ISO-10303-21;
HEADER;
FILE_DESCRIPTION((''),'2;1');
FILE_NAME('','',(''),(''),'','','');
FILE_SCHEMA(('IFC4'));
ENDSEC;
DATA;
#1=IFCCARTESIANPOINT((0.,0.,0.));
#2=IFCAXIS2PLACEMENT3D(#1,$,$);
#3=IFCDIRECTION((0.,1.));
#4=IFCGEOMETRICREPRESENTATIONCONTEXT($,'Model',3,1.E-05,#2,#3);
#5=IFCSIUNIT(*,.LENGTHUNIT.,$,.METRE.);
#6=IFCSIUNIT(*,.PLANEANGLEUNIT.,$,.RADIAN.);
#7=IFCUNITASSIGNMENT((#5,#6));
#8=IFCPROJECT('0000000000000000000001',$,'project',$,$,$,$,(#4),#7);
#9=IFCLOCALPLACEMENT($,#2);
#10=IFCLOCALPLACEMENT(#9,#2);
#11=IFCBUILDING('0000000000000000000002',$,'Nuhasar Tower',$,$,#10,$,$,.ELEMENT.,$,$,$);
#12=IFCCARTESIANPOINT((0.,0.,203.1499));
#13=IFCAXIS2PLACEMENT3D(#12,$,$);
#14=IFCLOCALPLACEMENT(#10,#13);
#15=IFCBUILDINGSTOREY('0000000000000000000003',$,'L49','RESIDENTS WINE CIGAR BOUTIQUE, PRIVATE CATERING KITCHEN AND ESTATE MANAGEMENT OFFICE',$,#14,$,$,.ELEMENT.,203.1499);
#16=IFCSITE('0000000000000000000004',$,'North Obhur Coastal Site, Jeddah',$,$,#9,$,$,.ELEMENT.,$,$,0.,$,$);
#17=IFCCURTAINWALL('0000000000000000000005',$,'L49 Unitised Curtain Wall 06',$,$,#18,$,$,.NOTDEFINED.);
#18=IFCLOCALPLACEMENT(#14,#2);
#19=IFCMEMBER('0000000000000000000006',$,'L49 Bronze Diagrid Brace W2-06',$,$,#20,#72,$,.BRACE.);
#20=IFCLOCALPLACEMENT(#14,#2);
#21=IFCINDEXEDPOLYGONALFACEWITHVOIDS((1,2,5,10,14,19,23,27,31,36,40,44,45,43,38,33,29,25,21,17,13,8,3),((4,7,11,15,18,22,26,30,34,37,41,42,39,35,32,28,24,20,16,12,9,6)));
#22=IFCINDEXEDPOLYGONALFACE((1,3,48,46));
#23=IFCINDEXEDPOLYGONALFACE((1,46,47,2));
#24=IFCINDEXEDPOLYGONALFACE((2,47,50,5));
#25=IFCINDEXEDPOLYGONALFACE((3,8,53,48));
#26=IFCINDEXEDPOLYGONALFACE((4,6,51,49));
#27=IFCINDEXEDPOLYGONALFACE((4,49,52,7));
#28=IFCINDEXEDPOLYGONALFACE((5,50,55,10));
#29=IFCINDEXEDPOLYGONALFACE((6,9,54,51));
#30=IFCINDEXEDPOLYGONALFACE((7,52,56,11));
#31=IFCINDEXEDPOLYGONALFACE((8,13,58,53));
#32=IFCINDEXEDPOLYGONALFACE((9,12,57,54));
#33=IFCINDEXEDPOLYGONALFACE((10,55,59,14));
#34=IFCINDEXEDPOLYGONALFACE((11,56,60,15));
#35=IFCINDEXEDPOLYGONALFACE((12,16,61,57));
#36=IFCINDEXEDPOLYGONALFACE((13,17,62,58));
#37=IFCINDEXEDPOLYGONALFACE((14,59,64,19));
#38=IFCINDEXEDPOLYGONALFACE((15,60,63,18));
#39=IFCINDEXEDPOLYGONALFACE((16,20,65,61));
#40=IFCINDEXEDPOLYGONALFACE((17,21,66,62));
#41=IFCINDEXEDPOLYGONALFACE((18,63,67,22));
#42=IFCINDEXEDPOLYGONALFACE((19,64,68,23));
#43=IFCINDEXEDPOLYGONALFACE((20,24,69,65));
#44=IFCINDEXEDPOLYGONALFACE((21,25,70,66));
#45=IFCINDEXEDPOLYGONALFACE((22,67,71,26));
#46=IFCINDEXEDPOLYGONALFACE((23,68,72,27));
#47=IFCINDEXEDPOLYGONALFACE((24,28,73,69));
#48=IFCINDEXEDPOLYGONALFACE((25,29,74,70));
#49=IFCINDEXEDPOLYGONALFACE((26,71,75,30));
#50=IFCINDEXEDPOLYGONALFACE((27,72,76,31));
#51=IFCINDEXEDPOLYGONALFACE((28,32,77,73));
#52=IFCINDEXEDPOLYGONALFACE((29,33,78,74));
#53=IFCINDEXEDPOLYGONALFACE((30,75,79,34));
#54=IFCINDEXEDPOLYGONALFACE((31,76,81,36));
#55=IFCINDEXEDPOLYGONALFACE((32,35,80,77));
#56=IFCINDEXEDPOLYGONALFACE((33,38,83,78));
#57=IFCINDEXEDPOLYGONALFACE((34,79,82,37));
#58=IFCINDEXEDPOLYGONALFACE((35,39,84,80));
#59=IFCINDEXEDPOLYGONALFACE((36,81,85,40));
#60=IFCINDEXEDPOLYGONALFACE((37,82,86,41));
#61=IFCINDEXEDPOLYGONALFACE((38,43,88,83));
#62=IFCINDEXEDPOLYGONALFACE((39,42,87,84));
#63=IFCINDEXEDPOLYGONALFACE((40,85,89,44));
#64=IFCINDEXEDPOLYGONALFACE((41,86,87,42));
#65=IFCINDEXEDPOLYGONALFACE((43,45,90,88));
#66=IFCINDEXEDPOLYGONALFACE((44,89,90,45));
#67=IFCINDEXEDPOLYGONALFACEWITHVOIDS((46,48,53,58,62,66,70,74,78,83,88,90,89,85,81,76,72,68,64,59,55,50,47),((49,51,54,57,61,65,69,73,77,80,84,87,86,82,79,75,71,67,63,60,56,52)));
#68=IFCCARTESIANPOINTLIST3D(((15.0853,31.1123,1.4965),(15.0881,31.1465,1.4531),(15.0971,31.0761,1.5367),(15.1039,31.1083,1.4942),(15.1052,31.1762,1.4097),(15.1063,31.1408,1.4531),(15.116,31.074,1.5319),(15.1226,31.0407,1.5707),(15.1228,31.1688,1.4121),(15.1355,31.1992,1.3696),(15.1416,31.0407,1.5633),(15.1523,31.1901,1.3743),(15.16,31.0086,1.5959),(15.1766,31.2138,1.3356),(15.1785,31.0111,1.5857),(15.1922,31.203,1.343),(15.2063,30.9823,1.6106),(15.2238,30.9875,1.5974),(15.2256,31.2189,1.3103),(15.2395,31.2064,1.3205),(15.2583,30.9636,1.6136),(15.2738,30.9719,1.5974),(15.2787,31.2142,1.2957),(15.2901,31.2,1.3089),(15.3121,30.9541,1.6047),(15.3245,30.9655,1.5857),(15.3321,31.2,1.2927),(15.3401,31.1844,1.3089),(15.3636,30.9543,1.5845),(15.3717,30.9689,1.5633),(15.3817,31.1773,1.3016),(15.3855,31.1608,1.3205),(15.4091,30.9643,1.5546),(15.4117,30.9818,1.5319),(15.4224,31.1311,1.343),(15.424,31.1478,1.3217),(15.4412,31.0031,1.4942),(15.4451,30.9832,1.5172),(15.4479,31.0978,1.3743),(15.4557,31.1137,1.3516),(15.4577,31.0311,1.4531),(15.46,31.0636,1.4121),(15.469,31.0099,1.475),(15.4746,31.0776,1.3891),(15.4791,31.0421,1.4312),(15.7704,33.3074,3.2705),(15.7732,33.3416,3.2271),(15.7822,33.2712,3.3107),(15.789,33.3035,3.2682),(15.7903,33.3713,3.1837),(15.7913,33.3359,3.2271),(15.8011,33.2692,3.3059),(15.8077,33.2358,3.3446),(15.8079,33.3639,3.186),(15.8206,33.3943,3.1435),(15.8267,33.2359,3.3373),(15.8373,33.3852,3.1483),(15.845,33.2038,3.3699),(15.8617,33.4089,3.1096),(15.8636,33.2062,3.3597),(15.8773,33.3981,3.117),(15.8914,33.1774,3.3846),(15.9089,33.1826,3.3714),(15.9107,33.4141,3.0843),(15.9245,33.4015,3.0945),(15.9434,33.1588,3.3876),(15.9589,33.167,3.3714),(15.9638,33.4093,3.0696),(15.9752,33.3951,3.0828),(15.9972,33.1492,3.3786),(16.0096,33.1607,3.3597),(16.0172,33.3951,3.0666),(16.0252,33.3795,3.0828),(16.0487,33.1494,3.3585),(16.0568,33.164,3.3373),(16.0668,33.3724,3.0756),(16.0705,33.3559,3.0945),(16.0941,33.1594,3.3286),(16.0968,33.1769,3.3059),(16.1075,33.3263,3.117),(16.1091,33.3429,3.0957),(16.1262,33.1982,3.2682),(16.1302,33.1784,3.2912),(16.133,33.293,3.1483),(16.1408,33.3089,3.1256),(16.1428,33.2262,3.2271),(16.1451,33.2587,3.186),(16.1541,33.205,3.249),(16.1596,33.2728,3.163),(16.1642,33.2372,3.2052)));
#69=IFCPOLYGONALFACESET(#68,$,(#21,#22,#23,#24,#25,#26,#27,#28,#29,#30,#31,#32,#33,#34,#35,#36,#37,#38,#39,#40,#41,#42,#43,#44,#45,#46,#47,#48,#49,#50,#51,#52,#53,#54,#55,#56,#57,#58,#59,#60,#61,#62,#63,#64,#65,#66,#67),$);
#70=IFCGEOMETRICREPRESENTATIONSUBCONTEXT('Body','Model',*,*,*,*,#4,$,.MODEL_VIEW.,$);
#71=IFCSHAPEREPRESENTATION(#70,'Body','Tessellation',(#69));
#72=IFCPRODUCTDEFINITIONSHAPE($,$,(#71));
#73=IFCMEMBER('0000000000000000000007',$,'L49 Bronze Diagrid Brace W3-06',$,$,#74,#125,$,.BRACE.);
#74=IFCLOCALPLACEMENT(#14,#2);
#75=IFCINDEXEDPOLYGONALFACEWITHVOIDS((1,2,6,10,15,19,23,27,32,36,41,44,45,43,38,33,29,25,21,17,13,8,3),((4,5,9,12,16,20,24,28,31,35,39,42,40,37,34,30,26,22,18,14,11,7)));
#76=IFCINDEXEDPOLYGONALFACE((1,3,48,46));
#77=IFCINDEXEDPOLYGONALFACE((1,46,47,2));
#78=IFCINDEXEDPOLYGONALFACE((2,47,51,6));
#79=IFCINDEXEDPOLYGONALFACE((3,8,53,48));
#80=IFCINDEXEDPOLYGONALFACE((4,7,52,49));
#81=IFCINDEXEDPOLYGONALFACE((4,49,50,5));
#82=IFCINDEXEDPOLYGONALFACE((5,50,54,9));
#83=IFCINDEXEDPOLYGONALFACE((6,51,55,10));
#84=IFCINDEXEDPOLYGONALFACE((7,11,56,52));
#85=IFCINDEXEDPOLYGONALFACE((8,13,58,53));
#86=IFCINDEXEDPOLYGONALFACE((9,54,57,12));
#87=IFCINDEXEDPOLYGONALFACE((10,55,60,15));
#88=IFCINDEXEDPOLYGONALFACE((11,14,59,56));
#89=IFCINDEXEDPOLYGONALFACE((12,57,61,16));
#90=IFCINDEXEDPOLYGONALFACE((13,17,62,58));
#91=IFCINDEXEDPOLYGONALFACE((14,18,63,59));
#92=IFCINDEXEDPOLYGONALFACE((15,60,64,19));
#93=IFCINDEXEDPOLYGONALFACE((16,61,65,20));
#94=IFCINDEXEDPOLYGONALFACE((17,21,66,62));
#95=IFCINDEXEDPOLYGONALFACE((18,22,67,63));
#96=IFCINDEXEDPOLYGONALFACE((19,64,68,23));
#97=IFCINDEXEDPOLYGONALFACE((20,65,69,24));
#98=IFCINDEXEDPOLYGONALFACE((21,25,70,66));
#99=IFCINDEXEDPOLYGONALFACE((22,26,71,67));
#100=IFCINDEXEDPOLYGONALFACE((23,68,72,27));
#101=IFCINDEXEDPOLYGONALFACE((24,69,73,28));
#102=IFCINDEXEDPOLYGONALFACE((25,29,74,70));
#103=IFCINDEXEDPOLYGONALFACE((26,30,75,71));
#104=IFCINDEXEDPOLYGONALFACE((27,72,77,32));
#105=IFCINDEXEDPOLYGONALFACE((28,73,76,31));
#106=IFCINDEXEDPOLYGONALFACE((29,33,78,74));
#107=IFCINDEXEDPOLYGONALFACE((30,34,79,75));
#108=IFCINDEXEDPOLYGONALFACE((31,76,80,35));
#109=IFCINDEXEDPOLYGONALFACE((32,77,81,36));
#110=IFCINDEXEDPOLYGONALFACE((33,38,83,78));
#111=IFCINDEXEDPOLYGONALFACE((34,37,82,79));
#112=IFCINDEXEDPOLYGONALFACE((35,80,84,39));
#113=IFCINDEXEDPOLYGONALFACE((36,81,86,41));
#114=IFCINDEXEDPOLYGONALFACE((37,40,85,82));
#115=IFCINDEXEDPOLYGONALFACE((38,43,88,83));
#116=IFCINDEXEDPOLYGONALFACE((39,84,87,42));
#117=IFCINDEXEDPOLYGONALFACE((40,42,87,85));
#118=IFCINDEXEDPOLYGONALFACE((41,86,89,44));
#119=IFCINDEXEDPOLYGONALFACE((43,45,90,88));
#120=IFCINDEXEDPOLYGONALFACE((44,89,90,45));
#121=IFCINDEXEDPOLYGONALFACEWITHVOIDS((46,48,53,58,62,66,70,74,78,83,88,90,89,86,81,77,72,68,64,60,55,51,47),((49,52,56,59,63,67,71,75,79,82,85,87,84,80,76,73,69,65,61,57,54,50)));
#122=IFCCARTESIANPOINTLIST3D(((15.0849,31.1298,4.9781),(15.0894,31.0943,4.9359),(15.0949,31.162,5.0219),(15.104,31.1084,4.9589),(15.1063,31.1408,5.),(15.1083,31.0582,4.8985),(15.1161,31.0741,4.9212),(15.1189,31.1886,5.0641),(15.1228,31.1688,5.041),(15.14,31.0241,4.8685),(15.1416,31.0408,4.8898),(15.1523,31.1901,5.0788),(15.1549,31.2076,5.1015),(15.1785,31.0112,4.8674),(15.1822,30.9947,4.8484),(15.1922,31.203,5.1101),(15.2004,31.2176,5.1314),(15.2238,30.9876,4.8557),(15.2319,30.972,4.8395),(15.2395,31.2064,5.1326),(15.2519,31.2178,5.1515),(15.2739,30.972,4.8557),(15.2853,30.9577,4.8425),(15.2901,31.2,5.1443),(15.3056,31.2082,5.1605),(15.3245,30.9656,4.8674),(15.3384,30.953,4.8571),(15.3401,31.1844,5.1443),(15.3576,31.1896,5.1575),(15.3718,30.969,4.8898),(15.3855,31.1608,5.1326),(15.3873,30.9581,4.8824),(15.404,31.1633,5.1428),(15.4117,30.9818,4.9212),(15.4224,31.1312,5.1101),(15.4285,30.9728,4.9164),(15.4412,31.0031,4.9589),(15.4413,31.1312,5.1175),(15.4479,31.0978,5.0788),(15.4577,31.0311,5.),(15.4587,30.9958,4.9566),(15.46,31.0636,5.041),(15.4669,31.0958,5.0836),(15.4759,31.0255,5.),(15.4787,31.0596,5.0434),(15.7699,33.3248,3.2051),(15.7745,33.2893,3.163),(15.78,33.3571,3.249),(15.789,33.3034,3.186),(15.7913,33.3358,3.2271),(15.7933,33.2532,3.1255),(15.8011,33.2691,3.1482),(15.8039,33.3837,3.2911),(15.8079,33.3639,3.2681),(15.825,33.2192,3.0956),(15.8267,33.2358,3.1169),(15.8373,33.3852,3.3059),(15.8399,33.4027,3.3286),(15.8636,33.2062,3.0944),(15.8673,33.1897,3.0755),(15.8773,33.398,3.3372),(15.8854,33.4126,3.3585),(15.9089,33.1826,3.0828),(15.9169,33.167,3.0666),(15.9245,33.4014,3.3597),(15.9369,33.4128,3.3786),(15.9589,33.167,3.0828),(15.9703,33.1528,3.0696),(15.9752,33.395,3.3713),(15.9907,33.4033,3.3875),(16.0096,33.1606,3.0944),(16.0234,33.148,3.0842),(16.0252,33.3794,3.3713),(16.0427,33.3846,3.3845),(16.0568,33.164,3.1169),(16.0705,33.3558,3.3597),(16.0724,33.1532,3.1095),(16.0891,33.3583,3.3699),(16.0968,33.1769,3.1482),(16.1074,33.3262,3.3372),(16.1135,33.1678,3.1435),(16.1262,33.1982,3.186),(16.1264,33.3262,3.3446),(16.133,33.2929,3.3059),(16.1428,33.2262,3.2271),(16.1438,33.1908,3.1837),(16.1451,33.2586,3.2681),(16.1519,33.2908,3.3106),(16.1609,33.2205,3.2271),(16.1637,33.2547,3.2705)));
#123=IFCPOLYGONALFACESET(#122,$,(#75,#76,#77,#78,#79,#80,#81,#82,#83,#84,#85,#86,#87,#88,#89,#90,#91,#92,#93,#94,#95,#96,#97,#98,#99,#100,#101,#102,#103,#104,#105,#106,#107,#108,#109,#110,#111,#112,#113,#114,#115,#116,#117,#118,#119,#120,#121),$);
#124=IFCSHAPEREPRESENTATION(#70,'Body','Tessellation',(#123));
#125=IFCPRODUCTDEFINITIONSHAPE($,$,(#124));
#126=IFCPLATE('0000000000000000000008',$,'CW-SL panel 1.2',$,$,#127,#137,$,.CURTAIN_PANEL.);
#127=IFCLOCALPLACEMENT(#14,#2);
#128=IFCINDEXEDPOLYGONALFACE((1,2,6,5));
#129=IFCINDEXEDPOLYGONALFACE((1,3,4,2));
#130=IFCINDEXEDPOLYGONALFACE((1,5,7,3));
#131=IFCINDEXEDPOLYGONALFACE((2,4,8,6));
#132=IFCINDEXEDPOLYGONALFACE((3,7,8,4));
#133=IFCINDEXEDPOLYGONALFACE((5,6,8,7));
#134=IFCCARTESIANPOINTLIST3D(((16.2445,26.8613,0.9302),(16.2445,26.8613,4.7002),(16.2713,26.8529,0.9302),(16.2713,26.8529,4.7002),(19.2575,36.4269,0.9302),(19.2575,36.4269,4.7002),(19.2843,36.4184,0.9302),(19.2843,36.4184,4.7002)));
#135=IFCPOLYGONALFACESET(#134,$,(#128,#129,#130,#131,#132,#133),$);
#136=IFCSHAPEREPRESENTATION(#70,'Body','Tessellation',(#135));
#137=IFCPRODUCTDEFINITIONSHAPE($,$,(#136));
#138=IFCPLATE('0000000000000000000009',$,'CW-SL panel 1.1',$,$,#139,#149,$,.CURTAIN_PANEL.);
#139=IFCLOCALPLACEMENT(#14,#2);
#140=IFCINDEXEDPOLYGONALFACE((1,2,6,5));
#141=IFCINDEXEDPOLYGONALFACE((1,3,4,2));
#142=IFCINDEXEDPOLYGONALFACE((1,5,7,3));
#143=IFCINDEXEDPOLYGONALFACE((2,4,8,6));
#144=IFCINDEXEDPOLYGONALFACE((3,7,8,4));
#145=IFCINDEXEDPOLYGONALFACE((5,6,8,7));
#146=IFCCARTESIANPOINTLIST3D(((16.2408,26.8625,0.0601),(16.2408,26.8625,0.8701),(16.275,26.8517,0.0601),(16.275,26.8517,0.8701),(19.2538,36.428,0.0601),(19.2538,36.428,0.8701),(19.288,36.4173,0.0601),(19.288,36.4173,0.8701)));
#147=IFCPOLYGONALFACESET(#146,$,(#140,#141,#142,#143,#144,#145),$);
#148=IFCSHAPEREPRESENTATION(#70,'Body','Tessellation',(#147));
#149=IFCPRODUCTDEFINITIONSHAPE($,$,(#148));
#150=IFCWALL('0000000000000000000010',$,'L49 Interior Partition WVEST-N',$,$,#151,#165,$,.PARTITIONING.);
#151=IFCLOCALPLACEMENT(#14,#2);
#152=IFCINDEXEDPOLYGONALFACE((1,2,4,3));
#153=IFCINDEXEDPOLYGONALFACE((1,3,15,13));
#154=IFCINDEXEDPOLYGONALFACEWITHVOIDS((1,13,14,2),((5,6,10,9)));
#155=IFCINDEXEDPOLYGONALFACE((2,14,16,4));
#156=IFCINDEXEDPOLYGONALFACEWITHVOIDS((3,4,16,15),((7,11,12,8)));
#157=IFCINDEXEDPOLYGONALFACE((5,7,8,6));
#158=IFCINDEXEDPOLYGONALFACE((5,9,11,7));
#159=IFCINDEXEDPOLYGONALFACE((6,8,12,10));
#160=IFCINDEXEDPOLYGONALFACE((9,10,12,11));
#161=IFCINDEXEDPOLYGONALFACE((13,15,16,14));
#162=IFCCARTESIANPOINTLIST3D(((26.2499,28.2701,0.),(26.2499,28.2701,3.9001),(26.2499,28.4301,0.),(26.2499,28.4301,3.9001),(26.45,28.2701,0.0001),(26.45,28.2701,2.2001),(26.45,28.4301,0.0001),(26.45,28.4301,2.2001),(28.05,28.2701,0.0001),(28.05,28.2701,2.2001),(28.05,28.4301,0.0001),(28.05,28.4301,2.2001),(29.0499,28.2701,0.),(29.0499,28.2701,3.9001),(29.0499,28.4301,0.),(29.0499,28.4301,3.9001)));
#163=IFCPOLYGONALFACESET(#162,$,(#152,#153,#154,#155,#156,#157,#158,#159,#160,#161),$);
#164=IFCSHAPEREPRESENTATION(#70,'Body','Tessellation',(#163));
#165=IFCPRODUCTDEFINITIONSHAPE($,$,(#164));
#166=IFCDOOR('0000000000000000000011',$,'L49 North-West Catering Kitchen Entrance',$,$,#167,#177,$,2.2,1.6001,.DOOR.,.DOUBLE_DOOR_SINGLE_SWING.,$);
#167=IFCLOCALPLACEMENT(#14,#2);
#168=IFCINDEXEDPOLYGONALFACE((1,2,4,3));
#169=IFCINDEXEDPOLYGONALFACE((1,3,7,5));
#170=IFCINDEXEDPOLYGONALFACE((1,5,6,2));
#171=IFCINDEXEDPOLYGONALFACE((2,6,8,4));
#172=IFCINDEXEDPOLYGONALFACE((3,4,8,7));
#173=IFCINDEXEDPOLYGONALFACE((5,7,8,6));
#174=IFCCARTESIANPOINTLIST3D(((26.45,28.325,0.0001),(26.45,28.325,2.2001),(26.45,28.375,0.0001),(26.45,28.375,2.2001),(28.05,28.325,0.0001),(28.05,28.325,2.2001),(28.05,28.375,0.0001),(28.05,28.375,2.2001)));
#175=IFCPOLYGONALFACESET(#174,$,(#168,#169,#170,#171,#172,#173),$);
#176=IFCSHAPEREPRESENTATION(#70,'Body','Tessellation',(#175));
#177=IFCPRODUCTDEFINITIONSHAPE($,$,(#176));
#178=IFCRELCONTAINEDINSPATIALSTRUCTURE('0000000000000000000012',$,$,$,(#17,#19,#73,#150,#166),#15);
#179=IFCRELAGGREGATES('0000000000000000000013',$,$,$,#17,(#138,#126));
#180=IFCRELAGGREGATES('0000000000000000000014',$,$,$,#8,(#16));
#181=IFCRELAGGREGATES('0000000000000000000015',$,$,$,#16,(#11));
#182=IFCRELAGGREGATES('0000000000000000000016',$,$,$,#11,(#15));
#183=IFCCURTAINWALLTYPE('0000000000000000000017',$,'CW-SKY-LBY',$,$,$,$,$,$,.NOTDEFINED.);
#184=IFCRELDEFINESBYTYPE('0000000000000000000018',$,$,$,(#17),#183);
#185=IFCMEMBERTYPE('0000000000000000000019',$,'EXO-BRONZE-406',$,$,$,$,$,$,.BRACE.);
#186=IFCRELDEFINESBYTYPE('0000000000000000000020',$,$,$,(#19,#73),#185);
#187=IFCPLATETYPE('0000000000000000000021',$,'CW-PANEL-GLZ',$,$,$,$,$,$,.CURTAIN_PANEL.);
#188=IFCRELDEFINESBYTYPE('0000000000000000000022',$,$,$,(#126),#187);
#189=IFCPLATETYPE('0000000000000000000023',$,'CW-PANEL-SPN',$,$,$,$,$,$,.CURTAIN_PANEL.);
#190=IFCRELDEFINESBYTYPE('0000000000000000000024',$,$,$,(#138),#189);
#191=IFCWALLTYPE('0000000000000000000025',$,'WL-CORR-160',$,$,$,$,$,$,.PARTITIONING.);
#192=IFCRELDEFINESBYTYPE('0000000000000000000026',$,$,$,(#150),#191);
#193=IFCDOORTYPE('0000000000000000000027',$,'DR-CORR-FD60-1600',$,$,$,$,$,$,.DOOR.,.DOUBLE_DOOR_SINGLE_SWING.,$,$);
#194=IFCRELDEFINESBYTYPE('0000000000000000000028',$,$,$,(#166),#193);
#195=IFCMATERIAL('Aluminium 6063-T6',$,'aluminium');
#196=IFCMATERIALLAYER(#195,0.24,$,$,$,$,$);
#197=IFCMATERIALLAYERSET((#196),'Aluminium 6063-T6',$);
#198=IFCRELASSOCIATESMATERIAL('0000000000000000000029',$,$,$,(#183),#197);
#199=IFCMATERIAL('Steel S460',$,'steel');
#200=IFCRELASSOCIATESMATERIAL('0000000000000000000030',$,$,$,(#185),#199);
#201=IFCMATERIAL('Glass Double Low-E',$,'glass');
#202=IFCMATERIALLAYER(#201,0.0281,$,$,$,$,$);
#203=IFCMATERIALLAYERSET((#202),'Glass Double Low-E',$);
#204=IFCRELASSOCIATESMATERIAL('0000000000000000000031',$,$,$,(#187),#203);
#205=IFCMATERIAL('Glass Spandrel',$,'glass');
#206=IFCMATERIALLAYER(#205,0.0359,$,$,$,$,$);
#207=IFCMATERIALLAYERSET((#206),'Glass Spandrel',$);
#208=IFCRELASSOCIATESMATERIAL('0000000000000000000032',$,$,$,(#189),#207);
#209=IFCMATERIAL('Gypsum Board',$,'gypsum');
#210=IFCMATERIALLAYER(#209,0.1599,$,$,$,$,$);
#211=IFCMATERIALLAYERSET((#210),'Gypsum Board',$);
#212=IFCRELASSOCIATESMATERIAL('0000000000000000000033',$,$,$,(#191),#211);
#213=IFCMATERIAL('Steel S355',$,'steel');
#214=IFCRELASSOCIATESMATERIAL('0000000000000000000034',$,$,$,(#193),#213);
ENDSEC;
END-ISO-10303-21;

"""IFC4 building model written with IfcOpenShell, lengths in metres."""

from ifc_helpers import new_model, si_unit, direction, frame, frame_2d, origin, origin_2d, place, context, subcontext, project, spatial, rectangle, hollow_circle, extrude, material, layer, layer_set, material_profile, profile_set, type_object, element, fill, aggregate, save


model = new_model("IFC4")

# Units and contexts
model_context = context("Model", 3, precision=1e-05, world=origin(), true_north=direction((0.0, 1.0)))
body_context = subcontext(model_context, "Body", "Model", "MODEL_VIEW")
ifc_project = project(units=[si_unit("LENGTHUNIT", "METRE"), si_unit("PLANEANGLEUNIT", "RADIAN")], contexts=[model_context])

# Site, building, storey
site_placement = place(None, origin())
site = spatial("IfcSite", under=ifc_project, at=site_placement, Name="North Obhur Coastal Site, Jeddah", CompositionType="ELEMENT", RefElevation=0.0)
building_placement = place(site_placement, origin())
building = spatial("IfcBuilding", under=site, at=building_placement, Name="Nuhasar Tower", CompositionType="ELEMENT")
storey_placement = place(building_placement, frame((0.0, 0.0, 203.1499)))
storey = spatial("IfcBuildingStorey", under=building, at=storey_placement, Name="L49", Description="RESIDENTS WINE CIGAR BOUTIQUE, PRIVATE CATERING KITCHEN AND ESTATE MANAGEMENT OFFICE", CompositionType="ELEMENT", Elevation=203.1499)

# Shared definitions
ifc_material_1 = material(Name="Steel S460", Category="steel")

# Curtain wall
ifc_material_2 = material(Name="Aluminium 6063-T6", Category="aluminium")
ifc_layer_1 = layer(ifc_material_2, 0.24)
ifc_layer_set_1 = layer_set([ifc_layer_1], Name="Aluminium 6063-T6")
curtain_wall_type = type_object("IfcCurtainWallType", Name="CW-SKY-LBY", PredefinedType="NOTDEFINED", material=ifc_layer_set_1)
curtain_wall_1_placement = place(storey_placement, origin())
curtain_wall_1 = element("IfcCurtainWall", 1, at=curtain_wall_1_placement, inside=storey, type_object=curtain_wall_type, Name="L49 Unitised Curtain Wall 06", PredefinedType="NOTDEFINED")

# Members
ifc_material_profile_1 = material_profile(ifc_material_1, hollow_circle(Radius=0.2031, WallThickness=0.019, at=origin_2d()), Name="HSS406.4X19.1")
ifc_profile_set_1 = profile_set([ifc_material_profile_1], Name="Steel S460")
member_type_1 = type_object("IfcMemberType", Name="EXO-BRONZE-406", PredefinedType="BRACE", material=ifc_profile_set_1)
member_1_placement = place(storey_placement, frame((15.282, 31.0859, 1.4531), z_axis=(0.235885, 0.755823, 0.610812), x_axis=(-0.954591, 0.297918, 0.0)))
element("IfcMember", 2, at=member_1_placement, inside=storey, type_object=member_type_1, Name="L49 Bronze Diagrid Brace W2-06", PredefinedType="BRACE", context=body_context, shape_type="SweptSolid", body=[
    extrude(hollow_circle(Radius=0.2031, WallThickness=0.019, at=origin_2d()), origin(), (0.0, 0.0, 1.0), 2.9043),
])
member_2_placement = place(storey_placement, frame((15.967, 33.281, 3.2271), z_axis=(-0.235933, -0.755978, 0.610601), x_axis=(0.954591, -0.297918, 0.0)))
element("IfcMember", 3, at=member_2_placement, inside=storey, type_object=member_type_1, Name="L49 Bronze Diagrid Brace W3-06", PredefinedType="BRACE", context=body_context, shape_type="SweptSolid", body=[
    extrude(hollow_circle(Radius=0.2031, WallThickness=0.019, at=origin_2d()), origin(), (0.0, 0.0, 1.0), 2.9036),
])

# Plates
ifc_material_3 = material(Name="Glass Double Low-E", Category="glass")
ifc_layer_2 = layer(ifc_material_3, 0.0281)
ifc_layer_set_2 = layer_set([ifc_layer_2], Name="Glass Double Low-E")
plate_type_1 = type_object("IfcPlateType", Name="CW-PANEL-GLZ", PredefinedType="CURTAIN_PANEL", material=ifc_layer_set_2)
plate_1_placement = place(storey_placement, frame((17.7644, 31.6399, 0.9302), z_axis=(0.0, 0.0, 1.0), x_axis=(-0.300429, -0.953804, 0.0)))
plate_1 = element("IfcPlate", 4, at=plate_1_placement, type_object=plate_type_1, Name="CW-SL panel 1.2", PredefinedType="CURTAIN_PANEL", context=body_context, shape_type="SweptSolid", body=[
    extrude(rectangle(XDim=10.0288, YDim=0.0281, at=origin_2d()), origin(), (0.0, 0.0, 1.0), 3.77),
])
ifc_material_4 = material(Name="Glass Spandrel", Category="glass")
ifc_layer_3 = layer(ifc_material_4, 0.0359)
ifc_layer_set_3 = layer_set([ifc_layer_3], Name="Glass Spandrel")
plate_type_2 = type_object("IfcPlateType", Name="CW-PANEL-SPN", PredefinedType="CURTAIN_PANEL", material=ifc_layer_set_3)
plate_2_placement = place(storey_placement, frame((17.7644, 31.6399, 0.0601), z_axis=(0.0, 0.0, 1.0), x_axis=(-0.300429, -0.953804, 0.0)))
plate_2 = element("IfcPlate", 5, at=plate_2_placement, type_object=plate_type_2, Name="CW-SL panel 1.1", PredefinedType="CURTAIN_PANEL", context=body_context, shape_type="SweptSolid", body=[
    extrude(rectangle(XDim=10.0288, YDim=0.0359, at=origin_2d()), origin(), (0.0, 0.0, 1.0), 0.8101),
])
aggregate(curtain_wall_1, [plate_2, plate_1])

# Wall, opening, door
ifc_material_5 = material(Name="Gypsum Board", Category="gypsum")
ifc_layer_4 = layer(ifc_material_5, 0.1599)
ifc_layer_set_4 = layer_set([ifc_layer_4], Name="Gypsum Board")
wall_type_1 = type_object("IfcWallType", Name="WL-CORR-160", PredefinedType="PARTITIONING", material=ifc_layer_set_4)
wall_1_placement = place(storey_placement, frame((26.25, 28.3501, 0.0), z_axis=(0.0, 0.0, 1.0), x_axis=(1.0, 0.0, 0.0)))
wall_1 = element("IfcWall", 6, at=wall_1_placement, inside=storey, type_object=wall_type_1, Name="L49 Interior Partition WVEST-N", PredefinedType="PARTITIONING", context=body_context, shape_type="SweptSolid", body=[
    extrude(rectangle(XDim=2.8, YDim=0.1599, at=frame_2d((1.3999, 0.0))), origin(), (0.0, 0.0, 1.0), 3.9001),
])
opening_placement = place(wall_1_placement, frame((0.2, 0.0, 0.0)))
opening = element("IfcOpeningElement", 7, at=opening_placement, cuts=wall_1, PredefinedType="OPENING", context=body_context, shape_type="SweptSolid", body=[
    extrude(rectangle(XDim=1.6001, YDim=2.2, at=frame_2d((0.8, 1.1001))), frame((0.0, 0.0898, 0.0), z_axis=(0.0, -1.0, 0.0), x_axis=(1.0, 0.0, 0.0)), (0.0, 0.0, 1.0), 0.1799),
])
ifc_material_6 = material(Name="Steel S355", Category="steel")
door_type = type_object("IfcDoorType", Name="DR-CORR-FD60-1600", OperationType="DOUBLE_DOOR_SINGLE_SWING", PredefinedType="DOOR", material=ifc_material_6)
door_placement = place(opening_placement, origin())
door = element("IfcDoor", 8, at=door_placement, inside=storey, type_object=door_type, Name="L49 North-West Catering Kitchen Entrance", OperationType="DOUBLE_DOOR_SINGLE_SWING", OverallHeight=2.2, OverallWidth=1.6001, PredefinedType="DOOR", context=body_context, shape_type="SweptSolid", body=[
    extrude(rectangle(XDim=1.6001, YDim=2.2, at=frame_2d((0.8, 1.1001))), frame((0.0, 0.0249, 0.0), z_axis=(0.0, -1.0, 0.0), x_axis=(1.0, 0.0, 0.0)), (0.0, 0.0, 1.0), 0.05),
])
fill(opening, door)

save(model, "model.ifc")
